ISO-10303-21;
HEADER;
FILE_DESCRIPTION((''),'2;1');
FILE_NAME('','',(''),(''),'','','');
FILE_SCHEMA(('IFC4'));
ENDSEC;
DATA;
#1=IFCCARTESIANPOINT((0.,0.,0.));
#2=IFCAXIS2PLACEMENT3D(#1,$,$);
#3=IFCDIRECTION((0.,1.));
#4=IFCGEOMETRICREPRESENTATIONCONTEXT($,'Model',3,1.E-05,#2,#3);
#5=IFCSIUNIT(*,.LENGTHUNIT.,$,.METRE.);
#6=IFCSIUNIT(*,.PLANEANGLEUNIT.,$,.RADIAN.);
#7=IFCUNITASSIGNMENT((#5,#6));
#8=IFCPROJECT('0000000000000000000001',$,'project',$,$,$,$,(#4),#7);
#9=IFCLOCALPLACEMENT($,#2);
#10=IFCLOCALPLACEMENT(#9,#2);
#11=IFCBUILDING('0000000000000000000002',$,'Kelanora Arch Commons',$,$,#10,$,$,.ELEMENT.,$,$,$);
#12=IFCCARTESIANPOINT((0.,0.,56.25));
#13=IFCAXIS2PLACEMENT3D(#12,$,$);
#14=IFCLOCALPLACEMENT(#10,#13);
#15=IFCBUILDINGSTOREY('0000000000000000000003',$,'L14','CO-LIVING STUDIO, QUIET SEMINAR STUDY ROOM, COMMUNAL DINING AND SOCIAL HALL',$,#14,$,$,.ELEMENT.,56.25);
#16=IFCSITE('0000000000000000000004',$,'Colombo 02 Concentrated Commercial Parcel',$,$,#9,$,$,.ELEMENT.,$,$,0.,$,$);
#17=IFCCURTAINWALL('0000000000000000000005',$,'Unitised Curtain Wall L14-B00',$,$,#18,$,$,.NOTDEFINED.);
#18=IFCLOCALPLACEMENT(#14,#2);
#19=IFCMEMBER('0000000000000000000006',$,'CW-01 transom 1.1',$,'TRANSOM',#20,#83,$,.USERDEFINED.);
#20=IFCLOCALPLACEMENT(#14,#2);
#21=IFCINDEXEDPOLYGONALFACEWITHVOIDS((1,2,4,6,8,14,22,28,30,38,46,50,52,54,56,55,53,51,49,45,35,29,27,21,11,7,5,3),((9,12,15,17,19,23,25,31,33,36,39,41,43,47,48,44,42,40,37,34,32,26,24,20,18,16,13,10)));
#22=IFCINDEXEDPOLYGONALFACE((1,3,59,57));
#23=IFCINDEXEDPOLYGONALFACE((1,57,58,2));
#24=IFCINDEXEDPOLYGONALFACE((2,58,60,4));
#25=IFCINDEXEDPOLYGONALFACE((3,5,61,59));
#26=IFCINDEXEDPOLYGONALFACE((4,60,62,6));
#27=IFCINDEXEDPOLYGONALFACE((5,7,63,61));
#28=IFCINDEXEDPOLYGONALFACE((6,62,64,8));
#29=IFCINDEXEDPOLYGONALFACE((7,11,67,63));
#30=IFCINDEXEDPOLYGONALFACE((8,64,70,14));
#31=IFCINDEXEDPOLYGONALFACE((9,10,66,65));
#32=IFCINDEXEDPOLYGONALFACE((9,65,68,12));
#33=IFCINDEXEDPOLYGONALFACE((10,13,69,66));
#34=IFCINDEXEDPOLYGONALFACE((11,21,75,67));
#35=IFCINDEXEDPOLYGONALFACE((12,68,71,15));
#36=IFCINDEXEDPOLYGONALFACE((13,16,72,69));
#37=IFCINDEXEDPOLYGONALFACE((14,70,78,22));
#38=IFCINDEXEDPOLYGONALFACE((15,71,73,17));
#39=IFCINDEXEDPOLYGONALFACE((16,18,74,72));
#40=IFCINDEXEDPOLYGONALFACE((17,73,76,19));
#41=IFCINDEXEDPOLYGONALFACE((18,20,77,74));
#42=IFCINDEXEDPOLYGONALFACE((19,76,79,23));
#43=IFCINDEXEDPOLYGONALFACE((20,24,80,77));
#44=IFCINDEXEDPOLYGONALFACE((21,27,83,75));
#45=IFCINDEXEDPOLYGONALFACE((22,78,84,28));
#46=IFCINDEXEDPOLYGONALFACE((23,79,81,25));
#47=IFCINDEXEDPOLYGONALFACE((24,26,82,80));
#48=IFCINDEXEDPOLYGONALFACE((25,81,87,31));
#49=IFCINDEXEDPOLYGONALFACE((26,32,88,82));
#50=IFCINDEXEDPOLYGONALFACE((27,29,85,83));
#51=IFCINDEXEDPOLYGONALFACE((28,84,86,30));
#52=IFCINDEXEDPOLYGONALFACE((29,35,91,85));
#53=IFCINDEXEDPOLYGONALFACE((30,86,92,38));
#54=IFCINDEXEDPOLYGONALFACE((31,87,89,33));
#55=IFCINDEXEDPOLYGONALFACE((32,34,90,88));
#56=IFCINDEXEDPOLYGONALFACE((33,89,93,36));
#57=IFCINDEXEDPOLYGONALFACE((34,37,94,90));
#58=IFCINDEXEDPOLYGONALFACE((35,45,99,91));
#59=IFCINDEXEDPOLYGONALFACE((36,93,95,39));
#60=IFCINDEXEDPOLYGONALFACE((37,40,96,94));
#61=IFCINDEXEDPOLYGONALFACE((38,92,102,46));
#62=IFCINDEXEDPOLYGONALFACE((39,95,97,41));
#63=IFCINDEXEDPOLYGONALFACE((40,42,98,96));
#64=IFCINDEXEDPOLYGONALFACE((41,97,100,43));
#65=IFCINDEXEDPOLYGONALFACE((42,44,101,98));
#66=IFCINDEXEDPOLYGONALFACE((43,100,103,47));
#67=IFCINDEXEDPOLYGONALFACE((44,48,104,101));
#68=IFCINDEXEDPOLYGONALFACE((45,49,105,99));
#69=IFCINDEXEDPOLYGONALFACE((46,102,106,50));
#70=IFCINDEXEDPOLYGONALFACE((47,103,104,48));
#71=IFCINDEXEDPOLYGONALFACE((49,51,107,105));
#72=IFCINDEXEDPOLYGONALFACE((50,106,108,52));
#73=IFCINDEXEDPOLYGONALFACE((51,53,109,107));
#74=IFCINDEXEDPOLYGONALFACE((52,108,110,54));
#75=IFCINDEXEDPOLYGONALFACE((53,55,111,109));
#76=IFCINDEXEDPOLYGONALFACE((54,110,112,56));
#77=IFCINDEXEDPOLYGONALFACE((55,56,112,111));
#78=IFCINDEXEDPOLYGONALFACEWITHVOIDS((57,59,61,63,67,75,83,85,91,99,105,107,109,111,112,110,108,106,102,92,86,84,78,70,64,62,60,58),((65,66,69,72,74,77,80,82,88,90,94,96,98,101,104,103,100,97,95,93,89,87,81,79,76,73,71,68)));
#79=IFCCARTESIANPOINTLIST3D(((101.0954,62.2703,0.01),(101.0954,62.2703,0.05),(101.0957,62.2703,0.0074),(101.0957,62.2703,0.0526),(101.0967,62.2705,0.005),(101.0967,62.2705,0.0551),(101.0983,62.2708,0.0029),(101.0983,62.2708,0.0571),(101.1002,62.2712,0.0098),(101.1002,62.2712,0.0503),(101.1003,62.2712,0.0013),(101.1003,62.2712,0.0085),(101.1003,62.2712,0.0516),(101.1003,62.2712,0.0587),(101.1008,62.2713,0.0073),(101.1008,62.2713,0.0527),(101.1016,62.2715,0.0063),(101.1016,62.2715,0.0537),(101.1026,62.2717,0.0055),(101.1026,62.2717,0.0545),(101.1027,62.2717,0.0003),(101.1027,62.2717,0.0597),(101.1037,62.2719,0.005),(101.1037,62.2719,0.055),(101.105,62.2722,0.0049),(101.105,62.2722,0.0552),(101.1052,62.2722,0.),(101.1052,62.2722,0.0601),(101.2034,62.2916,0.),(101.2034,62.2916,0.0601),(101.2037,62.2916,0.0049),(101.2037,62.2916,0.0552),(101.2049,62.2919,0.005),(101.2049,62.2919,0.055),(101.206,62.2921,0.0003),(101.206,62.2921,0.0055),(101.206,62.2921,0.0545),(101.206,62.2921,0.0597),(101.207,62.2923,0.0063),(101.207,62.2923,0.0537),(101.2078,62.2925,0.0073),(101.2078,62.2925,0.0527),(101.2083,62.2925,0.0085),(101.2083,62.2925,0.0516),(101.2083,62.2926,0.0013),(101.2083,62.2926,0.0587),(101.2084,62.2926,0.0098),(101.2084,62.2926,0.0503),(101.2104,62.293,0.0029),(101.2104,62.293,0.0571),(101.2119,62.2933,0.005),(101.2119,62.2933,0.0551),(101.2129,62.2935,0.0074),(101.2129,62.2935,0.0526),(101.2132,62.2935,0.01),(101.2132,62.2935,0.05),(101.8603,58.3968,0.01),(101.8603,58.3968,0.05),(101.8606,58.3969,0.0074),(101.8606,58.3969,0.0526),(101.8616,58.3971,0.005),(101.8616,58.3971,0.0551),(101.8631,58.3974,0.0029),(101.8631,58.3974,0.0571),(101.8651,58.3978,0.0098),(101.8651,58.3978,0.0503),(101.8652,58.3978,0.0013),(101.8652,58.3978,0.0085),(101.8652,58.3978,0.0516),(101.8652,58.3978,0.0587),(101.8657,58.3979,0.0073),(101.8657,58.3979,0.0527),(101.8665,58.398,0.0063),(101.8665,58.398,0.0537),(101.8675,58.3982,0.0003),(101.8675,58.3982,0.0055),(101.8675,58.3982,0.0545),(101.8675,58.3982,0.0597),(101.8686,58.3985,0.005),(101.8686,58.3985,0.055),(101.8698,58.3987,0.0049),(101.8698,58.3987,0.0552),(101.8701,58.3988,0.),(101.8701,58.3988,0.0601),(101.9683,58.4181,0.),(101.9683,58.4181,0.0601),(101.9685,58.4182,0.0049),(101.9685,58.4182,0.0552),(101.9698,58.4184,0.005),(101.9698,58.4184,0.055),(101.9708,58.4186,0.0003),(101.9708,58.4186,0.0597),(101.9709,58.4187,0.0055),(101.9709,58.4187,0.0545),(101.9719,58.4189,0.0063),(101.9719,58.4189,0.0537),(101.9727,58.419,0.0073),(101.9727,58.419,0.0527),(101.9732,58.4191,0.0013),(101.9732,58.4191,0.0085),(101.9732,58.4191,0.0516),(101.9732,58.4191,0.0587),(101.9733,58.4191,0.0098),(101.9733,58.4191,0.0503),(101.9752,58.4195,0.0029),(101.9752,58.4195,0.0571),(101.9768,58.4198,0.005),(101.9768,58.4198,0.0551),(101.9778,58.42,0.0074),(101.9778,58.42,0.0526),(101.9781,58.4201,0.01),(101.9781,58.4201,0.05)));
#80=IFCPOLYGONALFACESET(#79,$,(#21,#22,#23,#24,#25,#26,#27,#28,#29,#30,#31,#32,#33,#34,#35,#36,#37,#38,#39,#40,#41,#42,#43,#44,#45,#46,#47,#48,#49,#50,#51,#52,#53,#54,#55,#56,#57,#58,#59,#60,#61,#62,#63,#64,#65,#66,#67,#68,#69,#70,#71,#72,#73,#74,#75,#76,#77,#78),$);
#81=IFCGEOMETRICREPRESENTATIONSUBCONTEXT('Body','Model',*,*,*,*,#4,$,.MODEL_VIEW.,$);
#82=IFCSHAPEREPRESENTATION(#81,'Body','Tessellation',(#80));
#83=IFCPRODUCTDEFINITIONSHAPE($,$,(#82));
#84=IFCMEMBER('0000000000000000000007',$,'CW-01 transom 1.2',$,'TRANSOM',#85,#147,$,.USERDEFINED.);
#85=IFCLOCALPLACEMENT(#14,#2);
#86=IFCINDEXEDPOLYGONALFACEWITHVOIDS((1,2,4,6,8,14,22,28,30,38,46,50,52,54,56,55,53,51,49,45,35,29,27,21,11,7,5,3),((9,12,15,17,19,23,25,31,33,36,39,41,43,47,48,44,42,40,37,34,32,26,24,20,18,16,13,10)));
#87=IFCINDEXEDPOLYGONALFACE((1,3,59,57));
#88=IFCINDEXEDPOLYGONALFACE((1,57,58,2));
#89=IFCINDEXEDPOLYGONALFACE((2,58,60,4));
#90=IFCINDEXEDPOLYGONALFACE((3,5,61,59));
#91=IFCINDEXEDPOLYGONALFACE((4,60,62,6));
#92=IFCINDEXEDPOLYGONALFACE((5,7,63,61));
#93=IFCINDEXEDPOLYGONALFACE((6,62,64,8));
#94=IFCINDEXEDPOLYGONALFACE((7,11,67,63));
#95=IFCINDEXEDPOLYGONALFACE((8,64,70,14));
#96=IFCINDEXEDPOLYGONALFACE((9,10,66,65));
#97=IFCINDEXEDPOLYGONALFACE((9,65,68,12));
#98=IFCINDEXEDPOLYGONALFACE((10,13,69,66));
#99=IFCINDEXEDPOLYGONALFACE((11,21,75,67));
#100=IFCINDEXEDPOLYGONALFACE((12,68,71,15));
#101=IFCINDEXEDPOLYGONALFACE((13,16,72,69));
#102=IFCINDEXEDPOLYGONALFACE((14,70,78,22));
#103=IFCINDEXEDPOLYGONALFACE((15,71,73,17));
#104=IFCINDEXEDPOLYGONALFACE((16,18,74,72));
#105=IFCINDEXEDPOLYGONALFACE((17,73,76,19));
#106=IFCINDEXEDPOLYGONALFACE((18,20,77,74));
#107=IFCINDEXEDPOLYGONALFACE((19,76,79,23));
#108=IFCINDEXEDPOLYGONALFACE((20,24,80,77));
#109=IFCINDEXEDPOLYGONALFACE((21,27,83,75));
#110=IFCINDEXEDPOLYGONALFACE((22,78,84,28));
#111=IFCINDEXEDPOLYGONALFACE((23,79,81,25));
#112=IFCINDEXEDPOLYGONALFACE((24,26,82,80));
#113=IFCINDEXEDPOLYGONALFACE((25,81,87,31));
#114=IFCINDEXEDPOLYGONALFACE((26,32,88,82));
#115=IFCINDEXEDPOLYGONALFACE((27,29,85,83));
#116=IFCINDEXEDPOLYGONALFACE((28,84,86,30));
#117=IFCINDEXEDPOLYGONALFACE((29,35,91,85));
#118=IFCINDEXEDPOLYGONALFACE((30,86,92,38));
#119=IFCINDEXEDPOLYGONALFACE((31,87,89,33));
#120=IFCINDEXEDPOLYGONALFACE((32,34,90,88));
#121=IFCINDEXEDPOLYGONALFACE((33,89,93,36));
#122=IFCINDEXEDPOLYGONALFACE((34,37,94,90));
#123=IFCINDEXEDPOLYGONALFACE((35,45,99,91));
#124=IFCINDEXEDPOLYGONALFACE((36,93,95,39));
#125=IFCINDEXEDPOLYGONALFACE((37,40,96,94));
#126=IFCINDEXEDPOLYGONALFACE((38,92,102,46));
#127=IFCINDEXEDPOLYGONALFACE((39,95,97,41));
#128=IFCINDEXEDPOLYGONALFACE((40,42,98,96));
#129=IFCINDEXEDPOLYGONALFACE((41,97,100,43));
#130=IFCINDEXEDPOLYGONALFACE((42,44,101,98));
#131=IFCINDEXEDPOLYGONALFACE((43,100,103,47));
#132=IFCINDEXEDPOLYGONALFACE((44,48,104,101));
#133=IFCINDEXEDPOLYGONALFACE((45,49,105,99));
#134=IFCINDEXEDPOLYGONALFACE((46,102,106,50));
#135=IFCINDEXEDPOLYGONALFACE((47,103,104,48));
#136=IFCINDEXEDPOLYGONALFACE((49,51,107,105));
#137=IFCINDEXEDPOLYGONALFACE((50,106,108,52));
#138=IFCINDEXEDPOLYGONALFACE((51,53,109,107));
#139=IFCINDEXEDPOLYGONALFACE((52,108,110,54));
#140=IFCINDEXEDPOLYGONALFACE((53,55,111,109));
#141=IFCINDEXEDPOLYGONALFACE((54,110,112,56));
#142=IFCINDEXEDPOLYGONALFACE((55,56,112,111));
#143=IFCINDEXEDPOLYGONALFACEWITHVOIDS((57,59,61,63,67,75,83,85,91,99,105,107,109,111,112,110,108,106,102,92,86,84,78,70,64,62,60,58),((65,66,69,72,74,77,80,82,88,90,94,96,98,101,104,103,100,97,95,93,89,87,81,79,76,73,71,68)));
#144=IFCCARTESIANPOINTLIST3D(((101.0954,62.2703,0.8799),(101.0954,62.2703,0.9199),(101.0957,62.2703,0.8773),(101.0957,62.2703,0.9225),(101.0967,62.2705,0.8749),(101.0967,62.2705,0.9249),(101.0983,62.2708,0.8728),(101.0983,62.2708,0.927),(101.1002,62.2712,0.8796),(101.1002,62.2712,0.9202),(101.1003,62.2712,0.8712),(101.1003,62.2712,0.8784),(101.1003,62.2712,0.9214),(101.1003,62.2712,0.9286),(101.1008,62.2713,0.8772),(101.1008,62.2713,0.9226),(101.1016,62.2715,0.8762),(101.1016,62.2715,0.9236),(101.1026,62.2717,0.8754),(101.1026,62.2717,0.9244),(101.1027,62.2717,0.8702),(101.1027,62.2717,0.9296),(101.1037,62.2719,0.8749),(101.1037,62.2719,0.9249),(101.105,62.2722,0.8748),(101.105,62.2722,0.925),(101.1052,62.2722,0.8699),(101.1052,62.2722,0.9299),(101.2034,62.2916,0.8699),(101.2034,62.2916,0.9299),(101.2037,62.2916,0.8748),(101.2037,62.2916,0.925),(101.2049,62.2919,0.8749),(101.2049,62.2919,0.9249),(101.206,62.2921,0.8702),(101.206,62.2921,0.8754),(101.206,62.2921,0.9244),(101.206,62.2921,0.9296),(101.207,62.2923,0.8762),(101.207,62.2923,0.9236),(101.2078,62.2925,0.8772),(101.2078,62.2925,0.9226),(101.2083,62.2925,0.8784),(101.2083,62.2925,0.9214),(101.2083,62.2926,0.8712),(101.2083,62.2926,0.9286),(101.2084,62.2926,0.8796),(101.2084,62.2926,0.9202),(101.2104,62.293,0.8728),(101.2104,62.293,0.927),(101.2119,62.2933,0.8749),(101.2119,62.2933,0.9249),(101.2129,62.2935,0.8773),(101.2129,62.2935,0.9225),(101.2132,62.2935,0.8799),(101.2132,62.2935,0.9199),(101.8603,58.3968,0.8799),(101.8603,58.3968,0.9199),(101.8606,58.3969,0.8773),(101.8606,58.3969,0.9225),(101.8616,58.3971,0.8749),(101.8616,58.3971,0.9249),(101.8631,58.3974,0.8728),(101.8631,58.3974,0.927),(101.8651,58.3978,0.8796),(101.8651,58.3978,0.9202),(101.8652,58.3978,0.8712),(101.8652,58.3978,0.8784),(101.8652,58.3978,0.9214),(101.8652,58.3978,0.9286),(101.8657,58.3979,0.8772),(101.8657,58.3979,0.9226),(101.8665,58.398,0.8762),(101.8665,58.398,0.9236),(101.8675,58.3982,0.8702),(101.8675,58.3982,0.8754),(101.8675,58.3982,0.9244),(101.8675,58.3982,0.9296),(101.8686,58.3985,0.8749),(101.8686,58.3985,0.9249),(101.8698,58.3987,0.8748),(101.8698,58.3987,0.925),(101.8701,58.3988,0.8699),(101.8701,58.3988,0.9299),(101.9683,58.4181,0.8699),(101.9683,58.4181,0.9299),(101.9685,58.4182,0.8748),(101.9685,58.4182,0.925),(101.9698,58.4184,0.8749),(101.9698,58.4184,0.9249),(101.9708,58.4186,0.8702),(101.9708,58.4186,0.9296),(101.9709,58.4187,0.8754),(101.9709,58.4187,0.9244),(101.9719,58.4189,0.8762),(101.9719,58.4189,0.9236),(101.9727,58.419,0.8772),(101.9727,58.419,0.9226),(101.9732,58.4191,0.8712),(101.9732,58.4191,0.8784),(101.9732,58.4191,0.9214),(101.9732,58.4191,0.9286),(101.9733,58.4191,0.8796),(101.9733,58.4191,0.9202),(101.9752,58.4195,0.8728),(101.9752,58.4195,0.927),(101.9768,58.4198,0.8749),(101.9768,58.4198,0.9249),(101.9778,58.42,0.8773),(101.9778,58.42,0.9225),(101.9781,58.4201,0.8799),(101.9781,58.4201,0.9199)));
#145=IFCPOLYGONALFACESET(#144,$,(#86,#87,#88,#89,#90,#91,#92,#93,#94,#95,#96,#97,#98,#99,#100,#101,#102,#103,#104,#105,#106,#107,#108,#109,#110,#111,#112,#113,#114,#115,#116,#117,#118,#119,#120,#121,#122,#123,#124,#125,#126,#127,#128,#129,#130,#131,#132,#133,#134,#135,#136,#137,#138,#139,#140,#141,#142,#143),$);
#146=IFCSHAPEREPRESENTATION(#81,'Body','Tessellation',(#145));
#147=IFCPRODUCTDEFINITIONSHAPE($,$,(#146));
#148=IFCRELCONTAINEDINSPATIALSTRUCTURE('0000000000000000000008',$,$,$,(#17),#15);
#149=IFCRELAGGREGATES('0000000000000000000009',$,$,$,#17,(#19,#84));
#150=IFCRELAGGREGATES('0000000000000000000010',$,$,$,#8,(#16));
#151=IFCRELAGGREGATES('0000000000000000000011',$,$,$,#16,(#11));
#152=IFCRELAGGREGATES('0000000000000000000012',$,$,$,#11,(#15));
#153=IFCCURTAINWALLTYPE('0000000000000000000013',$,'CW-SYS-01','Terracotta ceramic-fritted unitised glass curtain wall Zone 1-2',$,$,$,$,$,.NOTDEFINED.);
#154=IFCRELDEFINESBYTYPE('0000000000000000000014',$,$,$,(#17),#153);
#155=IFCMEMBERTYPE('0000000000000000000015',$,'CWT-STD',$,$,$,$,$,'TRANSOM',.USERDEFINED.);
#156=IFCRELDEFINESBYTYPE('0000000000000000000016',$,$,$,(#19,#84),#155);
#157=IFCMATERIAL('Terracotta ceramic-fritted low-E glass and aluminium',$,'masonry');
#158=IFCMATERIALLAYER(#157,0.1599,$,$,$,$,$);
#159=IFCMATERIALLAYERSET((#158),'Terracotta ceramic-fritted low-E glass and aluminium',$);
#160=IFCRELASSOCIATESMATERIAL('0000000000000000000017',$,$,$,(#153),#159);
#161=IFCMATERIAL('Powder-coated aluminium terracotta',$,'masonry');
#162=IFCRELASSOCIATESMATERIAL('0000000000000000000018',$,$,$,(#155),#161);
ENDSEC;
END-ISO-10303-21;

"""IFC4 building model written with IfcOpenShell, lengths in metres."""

from ifc_helpers import new_model, si_unit, direction, frame, origin, origin_2d, place, context, subcontext, project, spatial, hollow_rectangle, extrude, material, layer, layer_set, material_profile, profile_set, type_object, element, aggregate, save


model = new_model("IFC4")

# Units and contexts
model_context = context("Model", 3, precision=1e-05, world=origin(), true_north=direction((0.0, 1.0)))
body_context = subcontext(model_context, "Body", "Model", "MODEL_VIEW")
ifc_project = project(units=[si_unit("LENGTHUNIT", "METRE"), si_unit("PLANEANGLEUNIT", "RADIAN")], contexts=[model_context])

# Site, building, storey
site_placement = place(None, origin())
site = spatial("IfcSite", under=ifc_project, at=site_placement, Name="Colombo 02 Concentrated Commercial Parcel", CompositionType="ELEMENT", RefElevation=0.0)
building_placement = place(site_placement, origin())
building = spatial("IfcBuilding", under=site, at=building_placement, Name="Kelanora Arch Commons", CompositionType="ELEMENT")
storey_placement = place(building_placement, frame((0.0, 0.0, 56.25)))
storey = spatial("IfcBuildingStorey", under=building, at=storey_placement, Name="L14", Description="CO-LIVING STUDIO, QUIET SEMINAR STUDY ROOM, COMMUNAL DINING AND SOCIAL HALL", CompositionType="ELEMENT", Elevation=56.25)

# Curtain wall, members
ifc_material_1 = material(Name="Terracotta ceramic-fritted low-E glass and aluminium", Category="masonry")
ifc_layer_1 = layer(ifc_material_1, 0.1599)
ifc_layer_set_1 = layer_set([ifc_layer_1], Name="Terracotta ceramic-fritted low-E glass and aluminium")
curtain_wall_type = type_object("IfcCurtainWallType", Name="CW-SYS-01", Description="Terracotta ceramic-fritted unitised glass curtain wall Zone 1-2", PredefinedType="NOTDEFINED", material=ifc_layer_set_1)
curtain_wall_placement = place(storey_placement, origin())
curtain_wall = element("IfcCurtainWall", 1, at=curtain_wall_placement, inside=storey, type_object=curtain_wall_type, Name="Unitised Curtain Wall L14-B00", PredefinedType="NOTDEFINED")
ifc_material_2 = material(Name="Powder-coated aluminium terracotta", Category="masonry")
ifc_material_profile_1 = material_profile(ifc_material_2, hollow_rectangle(XDim=0.1201, YDim=0.0601, WallThickness=0.0049, InnerFilletRadius=0.0049, OuterFilletRadius=0.01, at=origin_2d()), Name="CWT120x60")
ifc_profile_set_1 = profile_set([ifc_material_profile_1], Name="Powder-coated aluminium terracotta")
member_type_1 = type_object("IfcMemberType", Name="CWT-STD", ElementType="TRANSOM", PredefinedType="USERDEFINED", material=ifc_profile_set_1)
member_1_placement = place(storey_placement, frame((101.9192, 58.4084, 0.03), z_axis=(-0.193725, 0.981056, 0.0), x_axis=(-0.981056, -0.193725, 0.0)))
member_1 = element("IfcMember", 2, at=member_1_placement, type_object=member_type_1, Name="CW-01 transom 1.1", ObjectType="TRANSOM", PredefinedType="USERDEFINED", context=body_context, shape_type="SweptSolid", body=[
    extrude(hollow_rectangle(XDim=0.1201, YDim=0.0601, WallThickness=0.0049, InnerFilletRadius=0.0049, OuterFilletRadius=0.01, at=origin_2d()), origin(), (0.0, 0.0, 1.0), 3.9482),
])
member_2_placement = place(storey_placement, frame((101.9192, 58.4084, 0.8999), z_axis=(-0.193725, 0.981056, 0.0), x_axis=(-0.981056, -0.193725, 0.0)))
member_2 = element("IfcMember", 3, at=member_2_placement, type_object=member_type_1, Name="CW-01 transom 1.2", ObjectType="TRANSOM", PredefinedType="USERDEFINED", context=body_context, shape_type="SweptSolid", body=[
    extrude(hollow_rectangle(XDim=0.1201, YDim=0.0601, WallThickness=0.0049, InnerFilletRadius=0.0049, OuterFilletRadius=0.01, at=origin_2d()), origin(), (0.0, 0.0, 1.0), 3.9482),
])
aggregate(curtain_wall, [member_1, member_2])

save(model, "model.ifc")
